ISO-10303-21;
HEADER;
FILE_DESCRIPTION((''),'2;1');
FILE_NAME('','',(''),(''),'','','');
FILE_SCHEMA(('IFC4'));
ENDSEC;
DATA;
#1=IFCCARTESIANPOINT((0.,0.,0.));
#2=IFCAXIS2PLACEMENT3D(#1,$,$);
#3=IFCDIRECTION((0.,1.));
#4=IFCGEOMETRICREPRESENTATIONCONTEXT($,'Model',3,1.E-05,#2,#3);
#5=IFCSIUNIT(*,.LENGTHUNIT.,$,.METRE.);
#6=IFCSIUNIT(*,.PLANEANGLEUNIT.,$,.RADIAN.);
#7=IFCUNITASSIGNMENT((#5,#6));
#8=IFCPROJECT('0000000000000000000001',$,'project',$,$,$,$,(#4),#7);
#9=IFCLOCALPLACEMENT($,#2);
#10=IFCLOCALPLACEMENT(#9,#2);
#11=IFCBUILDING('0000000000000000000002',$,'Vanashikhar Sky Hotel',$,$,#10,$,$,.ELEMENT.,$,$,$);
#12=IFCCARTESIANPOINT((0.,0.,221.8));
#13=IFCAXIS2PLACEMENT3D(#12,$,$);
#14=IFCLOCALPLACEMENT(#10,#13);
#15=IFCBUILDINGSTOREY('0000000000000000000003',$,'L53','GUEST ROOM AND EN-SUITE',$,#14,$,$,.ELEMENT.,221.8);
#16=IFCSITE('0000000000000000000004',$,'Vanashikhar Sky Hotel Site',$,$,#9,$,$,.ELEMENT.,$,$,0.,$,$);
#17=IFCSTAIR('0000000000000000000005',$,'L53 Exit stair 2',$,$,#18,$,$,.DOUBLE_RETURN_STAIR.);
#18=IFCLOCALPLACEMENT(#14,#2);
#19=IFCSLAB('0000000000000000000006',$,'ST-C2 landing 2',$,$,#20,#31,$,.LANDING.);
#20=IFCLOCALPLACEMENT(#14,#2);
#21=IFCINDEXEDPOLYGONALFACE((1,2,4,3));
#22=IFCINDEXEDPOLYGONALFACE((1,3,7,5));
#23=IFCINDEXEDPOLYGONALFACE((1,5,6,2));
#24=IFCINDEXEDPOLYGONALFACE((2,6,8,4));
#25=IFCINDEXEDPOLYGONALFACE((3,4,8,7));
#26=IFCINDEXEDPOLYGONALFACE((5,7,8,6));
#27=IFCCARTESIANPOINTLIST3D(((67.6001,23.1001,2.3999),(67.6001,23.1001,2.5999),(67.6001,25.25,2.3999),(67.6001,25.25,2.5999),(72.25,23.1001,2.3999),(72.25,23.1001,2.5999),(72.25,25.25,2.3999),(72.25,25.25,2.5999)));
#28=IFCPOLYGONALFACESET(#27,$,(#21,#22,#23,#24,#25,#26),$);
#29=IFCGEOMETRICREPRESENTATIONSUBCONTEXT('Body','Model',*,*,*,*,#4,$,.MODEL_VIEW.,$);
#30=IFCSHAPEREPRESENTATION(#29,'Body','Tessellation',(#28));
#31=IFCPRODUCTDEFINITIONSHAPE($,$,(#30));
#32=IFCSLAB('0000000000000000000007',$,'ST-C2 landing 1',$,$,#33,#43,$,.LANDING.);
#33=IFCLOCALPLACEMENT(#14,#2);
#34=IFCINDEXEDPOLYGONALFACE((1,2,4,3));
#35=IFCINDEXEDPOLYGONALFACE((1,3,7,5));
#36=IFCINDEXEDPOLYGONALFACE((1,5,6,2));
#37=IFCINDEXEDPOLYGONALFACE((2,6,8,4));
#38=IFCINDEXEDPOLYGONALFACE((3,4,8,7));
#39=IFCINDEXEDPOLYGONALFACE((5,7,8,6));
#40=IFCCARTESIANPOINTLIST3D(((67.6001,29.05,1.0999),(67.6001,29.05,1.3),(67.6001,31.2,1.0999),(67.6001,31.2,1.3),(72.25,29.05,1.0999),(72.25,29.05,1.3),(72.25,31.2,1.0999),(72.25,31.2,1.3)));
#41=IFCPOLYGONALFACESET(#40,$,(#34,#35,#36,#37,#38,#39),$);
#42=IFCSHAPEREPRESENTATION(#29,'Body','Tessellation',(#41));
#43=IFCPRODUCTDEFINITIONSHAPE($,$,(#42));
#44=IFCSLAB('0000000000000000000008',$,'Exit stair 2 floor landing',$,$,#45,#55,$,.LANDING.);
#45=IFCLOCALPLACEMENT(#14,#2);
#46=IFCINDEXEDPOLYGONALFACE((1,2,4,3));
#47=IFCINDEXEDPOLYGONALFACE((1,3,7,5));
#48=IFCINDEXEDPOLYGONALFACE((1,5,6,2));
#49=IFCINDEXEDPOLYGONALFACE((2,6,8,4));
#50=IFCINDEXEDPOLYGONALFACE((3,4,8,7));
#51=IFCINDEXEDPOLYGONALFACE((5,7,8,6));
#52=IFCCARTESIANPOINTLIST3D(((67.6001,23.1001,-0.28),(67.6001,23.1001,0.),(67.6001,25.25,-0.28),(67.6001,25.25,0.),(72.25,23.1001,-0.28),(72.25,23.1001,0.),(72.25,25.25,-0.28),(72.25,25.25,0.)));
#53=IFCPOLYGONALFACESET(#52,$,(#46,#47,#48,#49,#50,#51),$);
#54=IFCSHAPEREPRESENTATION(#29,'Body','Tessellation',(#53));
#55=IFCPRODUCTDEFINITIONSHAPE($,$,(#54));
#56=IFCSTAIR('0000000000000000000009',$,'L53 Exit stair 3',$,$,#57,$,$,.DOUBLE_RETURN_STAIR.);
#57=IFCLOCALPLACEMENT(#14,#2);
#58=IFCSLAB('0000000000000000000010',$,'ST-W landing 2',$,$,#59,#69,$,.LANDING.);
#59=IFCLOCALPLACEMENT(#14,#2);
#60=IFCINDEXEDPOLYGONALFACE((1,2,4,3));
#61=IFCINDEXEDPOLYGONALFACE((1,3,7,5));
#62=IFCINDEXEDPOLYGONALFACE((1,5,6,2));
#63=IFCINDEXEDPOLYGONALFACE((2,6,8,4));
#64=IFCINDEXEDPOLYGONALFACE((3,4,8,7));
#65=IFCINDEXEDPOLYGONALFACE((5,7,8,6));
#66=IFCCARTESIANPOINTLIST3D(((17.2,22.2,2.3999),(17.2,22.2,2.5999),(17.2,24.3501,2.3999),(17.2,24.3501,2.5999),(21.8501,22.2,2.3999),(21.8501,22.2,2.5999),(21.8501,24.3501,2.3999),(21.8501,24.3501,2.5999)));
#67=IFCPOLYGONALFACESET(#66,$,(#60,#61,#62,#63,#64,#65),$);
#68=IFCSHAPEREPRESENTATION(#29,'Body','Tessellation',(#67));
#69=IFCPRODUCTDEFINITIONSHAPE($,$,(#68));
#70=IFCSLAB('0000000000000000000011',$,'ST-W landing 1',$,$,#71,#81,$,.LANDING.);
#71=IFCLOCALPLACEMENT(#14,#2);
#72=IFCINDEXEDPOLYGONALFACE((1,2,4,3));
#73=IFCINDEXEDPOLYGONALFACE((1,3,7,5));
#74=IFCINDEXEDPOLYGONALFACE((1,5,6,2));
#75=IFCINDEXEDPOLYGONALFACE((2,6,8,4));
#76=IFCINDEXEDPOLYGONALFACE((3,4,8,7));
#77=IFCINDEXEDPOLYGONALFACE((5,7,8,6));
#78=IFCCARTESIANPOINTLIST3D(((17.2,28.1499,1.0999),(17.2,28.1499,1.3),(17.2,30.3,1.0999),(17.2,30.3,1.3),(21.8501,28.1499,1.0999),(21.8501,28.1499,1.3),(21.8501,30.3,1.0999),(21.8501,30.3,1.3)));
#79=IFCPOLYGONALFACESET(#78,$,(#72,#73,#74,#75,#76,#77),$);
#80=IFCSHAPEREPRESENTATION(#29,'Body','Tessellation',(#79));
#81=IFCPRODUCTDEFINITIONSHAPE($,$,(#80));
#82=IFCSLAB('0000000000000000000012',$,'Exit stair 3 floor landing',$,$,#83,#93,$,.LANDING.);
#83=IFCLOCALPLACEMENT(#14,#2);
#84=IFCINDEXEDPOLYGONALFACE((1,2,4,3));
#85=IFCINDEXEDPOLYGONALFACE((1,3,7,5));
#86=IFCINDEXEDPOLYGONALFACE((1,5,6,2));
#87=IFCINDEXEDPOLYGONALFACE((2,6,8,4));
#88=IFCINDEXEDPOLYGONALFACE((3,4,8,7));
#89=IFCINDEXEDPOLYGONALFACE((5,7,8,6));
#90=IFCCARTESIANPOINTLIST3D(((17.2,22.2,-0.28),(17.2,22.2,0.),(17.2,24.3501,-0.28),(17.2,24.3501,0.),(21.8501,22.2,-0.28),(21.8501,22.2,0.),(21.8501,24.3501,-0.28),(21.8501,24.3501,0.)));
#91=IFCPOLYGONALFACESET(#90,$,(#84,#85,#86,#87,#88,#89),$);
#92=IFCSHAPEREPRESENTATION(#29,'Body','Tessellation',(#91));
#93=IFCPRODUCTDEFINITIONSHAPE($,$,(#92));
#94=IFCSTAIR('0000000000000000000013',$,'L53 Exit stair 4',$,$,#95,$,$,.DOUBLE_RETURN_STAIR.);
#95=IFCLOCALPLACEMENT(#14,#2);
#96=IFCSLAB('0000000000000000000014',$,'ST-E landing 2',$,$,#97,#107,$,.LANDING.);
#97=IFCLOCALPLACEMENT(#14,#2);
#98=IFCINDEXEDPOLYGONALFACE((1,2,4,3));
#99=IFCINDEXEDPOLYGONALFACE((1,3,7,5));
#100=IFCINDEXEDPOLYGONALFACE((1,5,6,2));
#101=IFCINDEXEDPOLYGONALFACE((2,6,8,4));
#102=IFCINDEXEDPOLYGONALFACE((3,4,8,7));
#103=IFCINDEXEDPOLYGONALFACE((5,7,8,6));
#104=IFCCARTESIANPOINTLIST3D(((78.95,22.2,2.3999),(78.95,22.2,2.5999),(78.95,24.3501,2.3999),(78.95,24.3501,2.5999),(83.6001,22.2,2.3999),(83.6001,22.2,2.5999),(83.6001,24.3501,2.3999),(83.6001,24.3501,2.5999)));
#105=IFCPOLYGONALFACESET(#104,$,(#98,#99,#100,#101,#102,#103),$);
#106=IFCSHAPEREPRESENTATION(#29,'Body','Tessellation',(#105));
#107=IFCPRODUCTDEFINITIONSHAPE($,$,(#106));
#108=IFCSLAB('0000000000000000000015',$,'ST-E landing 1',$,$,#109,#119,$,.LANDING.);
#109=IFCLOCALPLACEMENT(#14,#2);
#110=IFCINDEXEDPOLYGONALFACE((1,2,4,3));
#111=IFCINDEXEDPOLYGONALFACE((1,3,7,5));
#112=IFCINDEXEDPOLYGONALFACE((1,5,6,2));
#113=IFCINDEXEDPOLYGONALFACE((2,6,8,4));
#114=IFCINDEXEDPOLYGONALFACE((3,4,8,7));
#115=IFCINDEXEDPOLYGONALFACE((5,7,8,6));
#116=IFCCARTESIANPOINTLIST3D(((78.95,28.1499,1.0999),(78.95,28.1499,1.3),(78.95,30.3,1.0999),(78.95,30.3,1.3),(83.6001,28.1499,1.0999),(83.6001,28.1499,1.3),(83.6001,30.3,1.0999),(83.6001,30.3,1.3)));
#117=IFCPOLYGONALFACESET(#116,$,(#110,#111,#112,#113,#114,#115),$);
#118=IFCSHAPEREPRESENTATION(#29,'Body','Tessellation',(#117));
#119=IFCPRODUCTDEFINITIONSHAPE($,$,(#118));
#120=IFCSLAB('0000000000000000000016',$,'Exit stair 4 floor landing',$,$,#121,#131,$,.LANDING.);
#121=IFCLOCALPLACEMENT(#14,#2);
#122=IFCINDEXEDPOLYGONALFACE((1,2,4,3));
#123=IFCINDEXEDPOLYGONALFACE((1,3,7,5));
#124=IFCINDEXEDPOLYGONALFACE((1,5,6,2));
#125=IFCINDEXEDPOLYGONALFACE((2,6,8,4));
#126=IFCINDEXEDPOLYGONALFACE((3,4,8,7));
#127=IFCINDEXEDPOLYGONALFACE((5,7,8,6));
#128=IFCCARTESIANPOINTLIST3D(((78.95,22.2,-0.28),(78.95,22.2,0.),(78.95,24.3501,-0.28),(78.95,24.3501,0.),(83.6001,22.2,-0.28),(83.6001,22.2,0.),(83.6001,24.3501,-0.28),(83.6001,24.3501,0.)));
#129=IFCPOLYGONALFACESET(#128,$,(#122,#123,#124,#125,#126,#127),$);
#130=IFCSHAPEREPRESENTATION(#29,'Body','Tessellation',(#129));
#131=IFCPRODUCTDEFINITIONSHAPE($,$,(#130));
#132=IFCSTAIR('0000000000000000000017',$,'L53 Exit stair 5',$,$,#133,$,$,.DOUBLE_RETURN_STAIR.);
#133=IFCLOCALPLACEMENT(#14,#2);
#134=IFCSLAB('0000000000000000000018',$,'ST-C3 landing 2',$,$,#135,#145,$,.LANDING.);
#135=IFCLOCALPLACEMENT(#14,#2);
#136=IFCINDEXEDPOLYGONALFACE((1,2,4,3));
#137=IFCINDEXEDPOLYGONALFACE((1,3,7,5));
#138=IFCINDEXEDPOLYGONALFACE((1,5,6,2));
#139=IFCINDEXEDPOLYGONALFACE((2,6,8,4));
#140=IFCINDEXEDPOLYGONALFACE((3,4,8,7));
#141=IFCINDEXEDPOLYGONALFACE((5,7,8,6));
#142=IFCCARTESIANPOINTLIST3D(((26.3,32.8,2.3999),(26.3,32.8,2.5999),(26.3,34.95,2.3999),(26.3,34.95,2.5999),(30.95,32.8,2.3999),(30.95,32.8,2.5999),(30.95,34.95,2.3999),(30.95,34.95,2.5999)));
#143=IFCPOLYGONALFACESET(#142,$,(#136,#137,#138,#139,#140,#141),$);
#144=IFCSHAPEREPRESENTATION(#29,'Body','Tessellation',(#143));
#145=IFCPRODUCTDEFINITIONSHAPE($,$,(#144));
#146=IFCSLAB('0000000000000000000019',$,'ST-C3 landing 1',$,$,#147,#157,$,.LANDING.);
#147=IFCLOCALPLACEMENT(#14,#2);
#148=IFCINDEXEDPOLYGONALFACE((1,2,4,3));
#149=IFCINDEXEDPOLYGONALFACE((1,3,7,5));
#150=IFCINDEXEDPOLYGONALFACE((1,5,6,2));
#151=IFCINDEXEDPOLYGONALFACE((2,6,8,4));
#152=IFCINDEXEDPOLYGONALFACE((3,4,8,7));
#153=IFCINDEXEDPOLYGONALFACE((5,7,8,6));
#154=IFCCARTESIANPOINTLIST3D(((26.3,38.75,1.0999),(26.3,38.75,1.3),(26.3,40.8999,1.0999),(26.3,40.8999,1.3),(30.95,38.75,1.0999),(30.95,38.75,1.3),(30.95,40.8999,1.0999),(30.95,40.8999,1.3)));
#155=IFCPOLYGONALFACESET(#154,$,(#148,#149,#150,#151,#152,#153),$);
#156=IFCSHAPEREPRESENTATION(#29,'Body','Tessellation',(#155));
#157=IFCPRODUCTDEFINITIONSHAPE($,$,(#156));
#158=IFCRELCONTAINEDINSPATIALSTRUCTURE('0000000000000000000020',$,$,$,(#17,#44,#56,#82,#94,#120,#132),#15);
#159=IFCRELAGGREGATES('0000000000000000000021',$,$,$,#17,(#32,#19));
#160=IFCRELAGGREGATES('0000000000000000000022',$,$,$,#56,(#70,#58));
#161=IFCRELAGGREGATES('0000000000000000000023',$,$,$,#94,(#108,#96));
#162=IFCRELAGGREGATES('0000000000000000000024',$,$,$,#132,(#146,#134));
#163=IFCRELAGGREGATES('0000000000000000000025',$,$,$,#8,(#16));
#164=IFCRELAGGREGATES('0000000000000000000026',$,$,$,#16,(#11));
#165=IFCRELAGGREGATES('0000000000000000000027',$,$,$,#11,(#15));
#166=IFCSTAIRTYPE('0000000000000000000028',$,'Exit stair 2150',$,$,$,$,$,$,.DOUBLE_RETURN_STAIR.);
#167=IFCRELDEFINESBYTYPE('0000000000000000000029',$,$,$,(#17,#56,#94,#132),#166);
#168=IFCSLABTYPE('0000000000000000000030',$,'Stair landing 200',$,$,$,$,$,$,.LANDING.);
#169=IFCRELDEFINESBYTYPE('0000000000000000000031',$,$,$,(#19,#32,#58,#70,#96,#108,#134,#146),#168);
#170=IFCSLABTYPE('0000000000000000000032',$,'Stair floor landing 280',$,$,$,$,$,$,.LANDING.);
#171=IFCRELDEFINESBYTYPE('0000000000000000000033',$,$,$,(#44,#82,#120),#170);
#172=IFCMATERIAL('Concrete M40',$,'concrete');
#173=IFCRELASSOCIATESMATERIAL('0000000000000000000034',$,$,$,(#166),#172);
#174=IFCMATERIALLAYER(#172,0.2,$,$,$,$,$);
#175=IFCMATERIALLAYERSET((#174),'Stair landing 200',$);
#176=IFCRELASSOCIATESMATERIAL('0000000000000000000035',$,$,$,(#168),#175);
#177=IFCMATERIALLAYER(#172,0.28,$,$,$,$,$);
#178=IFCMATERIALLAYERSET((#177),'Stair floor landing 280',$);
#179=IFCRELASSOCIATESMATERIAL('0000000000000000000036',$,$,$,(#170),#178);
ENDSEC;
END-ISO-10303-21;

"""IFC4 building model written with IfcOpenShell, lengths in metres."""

from ifc_helpers import new_model, si_unit, direction, frame, origin, place, context, subcontext, project, spatial, polyline, outline, extrude, source, transform, mapped, material, layer, layer_set, type_object, element, aggregate, save


model = new_model("IFC4")

# Units and contexts
model_context = context("Model", 3, precision=1e-05, world=origin(), true_north=direction((0.0, 1.0)))
body_context = subcontext(model_context, "Body", "Model", "MODEL_VIEW")
ifc_project = project(units=[si_unit("LENGTHUNIT", "METRE"), si_unit("PLANEANGLEUNIT", "RADIAN")], contexts=[model_context])

# Site, building, storey
site_placement = place(None, origin())
site = spatial("IfcSite", under=ifc_project, at=site_placement, Name="Vanashikhar Sky Hotel Site", CompositionType="ELEMENT", RefElevation=0.0)
building_placement = place(site_placement, origin())
building = spatial("IfcBuilding", under=site, at=building_placement, Name="Vanashikhar Sky Hotel", CompositionType="ELEMENT")
storey_placement = place(building_placement, frame((0.0, 0.0, 221.8)))
storey = spatial("IfcBuildingStorey", under=building, at=storey_placement, Name="L53", Description="GUEST ROOM AND EN-SUITE", CompositionType="ELEMENT", Elevation=221.8)

# Shared definitions
ifc_material = material(Name="Concrete M40", Category="concrete")

# Shared definitions
stair_type = type_object("IfcStairType", Name="Exit stair 2150", PredefinedType="DOUBLE_RETURN_STAIR", material=ifc_material)
ifc_layer_1 = layer(ifc_material, 0.2)
ifc_layer_set_1 = layer_set([ifc_layer_1], Name="Stair landing 200")
slab_type_1 = type_object("IfcSlabType", Name="Stair landing 200", PredefinedType="LANDING", material=ifc_layer_set_1)

# Shared definitions
ifc_layer_2 = layer(ifc_material, 0.28)
ifc_layer_set_2 = layer_set([ifc_layer_2], Name="Stair floor landing 280")
slab_type_2 = type_object("IfcSlabType", Name="Stair floor landing 280", PredefinedType="LANDING", material=ifc_layer_set_2)

# Stair, slabs
stair_1_placement = place(storey_placement, origin())
stair_1 = element("IfcStair", 1, at=stair_1_placement, inside=storey, type_object=stair_type, Name="L53 Exit stair 2", PredefinedType="DOUBLE_RETURN_STAIR")
shared_shape_1 = source(origin(), body_context, "Body", "SweptSolid", [
    extrude(outline(polyline([(72.25, 23.1001), (72.25, 25.25), (67.6001, 25.25), (67.6001, 23.1001), (72.25, 23.1001)])), origin(), (0.0, 0.0, 1.0), 0.2),
])
slab_1_placement = place(storey_placement, frame((0.0, 0.0, 2.3999)))
slab_1 = element("IfcSlab", 2, at=slab_1_placement, type_object=slab_type_1, Name="ST-C2 landing 2", PredefinedType="LANDING", context=body_context, shape_type="MappedRepresentation", body=[
    mapped(shared_shape_1, transform((0.0, 0.0, 0.0), scale=1.0)),
])
shared_shape_2 = source(origin(), body_context, "Body", "SweptSolid", [
    extrude(outline(polyline([(72.25, 29.05), (72.25, 31.2), (67.6001, 31.2), (67.6001, 29.05), (72.25, 29.05)])), origin(), (0.0, 0.0, 1.0), 0.2002),
])
slab_2_placement = place(storey_placement, frame((0.0, 0.0, 1.0999)))
slab_2 = element("IfcSlab", 3, at=slab_2_placement, type_object=slab_type_1, Name="ST-C2 landing 1", PredefinedType="LANDING", context=body_context, shape_type="MappedRepresentation", body=[
    mapped(shared_shape_2, transform((0.0, 0.0, 0.0), scale=1.0)),
])
aggregate(stair_1, [slab_2, slab_1])

# Slab
shared_shape_3 = source(origin(), body_context, "Body", "SweptSolid", [
    extrude(outline(polyline([(72.25, 23.1001), (72.25, 25.25), (67.6001, 25.25), (67.6001, 23.1001), (72.25, 23.1001)])), origin(), (0.0, 0.0, 1.0), 0.28),
])
slab_3_placement = place(storey_placement, frame((0.0, 0.0, -0.28)))
element("IfcSlab", 4, at=slab_3_placement, inside=storey, type_object=slab_type_2, Name="Exit stair 2 floor landing", PredefinedType="LANDING", context=body_context, shape_type="MappedRepresentation", body=[
    mapped(shared_shape_3, transform((0.0, 0.0, 0.0), scale=1.0)),
])

# Stair, slabs
stair_2_placement = place(storey_placement, origin())
stair_2 = element("IfcStair", 5, at=stair_2_placement, inside=storey, type_object=stair_type, Name="L53 Exit stair 3", PredefinedType="DOUBLE_RETURN_STAIR")
shared_shape_4 = source(origin(), body_context, "Body", "SweptSolid", [
    extrude(outline(polyline([(21.8501, 22.2), (21.8501, 24.3501), (17.2, 24.3501), (17.2, 22.2), (21.8501, 22.2)])), origin(), (0.0, 0.0, 1.0), 0.2),
])
slab_4_placement = place(storey_placement, frame((0.0, 0.0, 2.3999)))
slab_4 = element("IfcSlab", 6, at=slab_4_placement, type_object=slab_type_1, Name="ST-W landing 2", PredefinedType="LANDING", context=body_context, shape_type="MappedRepresentation", body=[
    mapped(shared_shape_4, transform((0.0, 0.0, 0.0), scale=1.0)),
])
shared_shape_5 = source(origin(), body_context, "Body", "SweptSolid", [
    extrude(outline(polyline([(21.8501, 28.1499), (21.8501, 30.3), (17.2, 30.3), (17.2, 28.1499), (21.8501, 28.1499)])), origin(), (0.0, 0.0, 1.0), 0.2002),
])
slab_5_placement = place(storey_placement, frame((0.0, 0.0, 1.0999)))
slab_5 = element("IfcSlab", 7, at=slab_5_placement, type_object=slab_type_1, Name="ST-W landing 1", PredefinedType="LANDING", context=body_context, shape_type="MappedRepresentation", body=[
    mapped(shared_shape_5, transform((0.0, 0.0, 0.0), scale=1.0)),
])
aggregate(stair_2, [slab_5, slab_4])

# Slab
shared_shape_6 = source(origin(), body_context, "Body", "SweptSolid", [
    extrude(outline(polyline([(21.8501, 22.2), (21.8501, 24.3501), (17.2, 24.3501), (17.2, 22.2), (21.8501, 22.2)])), origin(), (0.0, 0.0, 1.0), 0.28),
])
slab_6_placement = place(storey_placement, frame((0.0, 0.0, -0.28)))
element("IfcSlab", 8, at=slab_6_placement, inside=storey, type_object=slab_type_2, Name="Exit stair 3 floor landing", PredefinedType="LANDING", context=body_context, shape_type="MappedRepresentation", body=[
    mapped(shared_shape_6, transform((0.0, 0.0, 0.0), scale=1.0)),
])

# Stair, slabs
stair_3_placement = place(storey_placement, origin())
stair_3 = element("IfcStair", 9, at=stair_3_placement, inside=storey, type_object=stair_type, Name="L53 Exit stair 4", PredefinedType="DOUBLE_RETURN_STAIR")
shared_shape_7 = source(origin(), body_context, "Body", "SweptSolid", [
    extrude(outline(polyline([(83.6001, 22.2), (83.6001, 24.3501), (78.95, 24.3501), (78.95, 22.2), (83.6001, 22.2)])), origin(), (0.0, 0.0, 1.0), 0.2),
])
slab_7_placement = place(storey_placement, frame((0.0, 0.0, 2.3999)))
slab_7 = element("IfcSlab", 10, at=slab_7_placement, type_object=slab_type_1, Name="ST-E landing 2", PredefinedType="LANDING", context=body_context, shape_type="MappedRepresentation", body=[
    mapped(shared_shape_7, transform((0.0, 0.0, 0.0), scale=1.0)),
])
shared_shape_8 = source(origin(), body_context, "Body", "SweptSolid", [
    extrude(outline(polyline([(83.6001, 28.1499), (83.6001, 30.3), (78.95, 30.3), (78.95, 28.1499), (83.6001, 28.1499)])), origin(), (0.0, 0.0, 1.0), 0.2002),
])
slab_8_placement = place(storey_placement, frame((0.0, 0.0, 1.0999)))
slab_8 = element("IfcSlab", 11, at=slab_8_placement, type_object=slab_type_1, Name="ST-E landing 1", PredefinedType="LANDING", context=body_context, shape_type="MappedRepresentation", body=[
    mapped(shared_shape_8, transform((0.0, 0.0, 0.0), scale=1.0)),
])
aggregate(stair_3, [slab_8, slab_7])

# Slab
shared_shape_9 = source(origin(), body_context, "Body", "SweptSolid", [
    extrude(outline(polyline([(83.6001, 22.2), (83.6001, 24.3501), (78.95, 24.3501), (78.95, 22.2), (83.6001, 22.2)])), origin(), (0.0, 0.0, 1.0), 0.28),
])
slab_9_placement = place(storey_placement, frame((0.0, 0.0, -0.28)))
element("IfcSlab", 12, at=slab_9_placement, inside=storey, type_object=slab_type_2, Name="Exit stair 4 floor landing", PredefinedType="LANDING", context=body_context, shape_type="MappedRepresentation", body=[
    mapped(shared_shape_9, transform((0.0, 0.0, 0.0), scale=1.0)),
])

# Stair, slabs
stair_4_placement = place(storey_placement, origin())
stair_4 = element("IfcStair", 13, at=stair_4_placement, inside=storey, type_object=stair_type, Name="L53 Exit stair 5", PredefinedType="DOUBLE_RETURN_STAIR")
shared_shape_10 = source(origin(), body_context, "Body", "SweptSolid", [
    extrude(outline(polyline([(30.95, 32.8), (30.95, 34.95), (26.3, 34.95), (26.3, 32.8), (30.95, 32.8)])), origin(), (0.0, 0.0, 1.0), 0.2),
])
slab_10_placement = place(storey_placement, frame((0.0, 0.0, 2.3999)))
slab_10 = element("IfcSlab", 14, at=slab_10_placement, type_object=slab_type_1, Name="ST-C3 landing 2", PredefinedType="LANDING", context=body_context, shape_type="MappedRepresentation", body=[
    mapped(shared_shape_10, transform((0.0, 0.0, 0.0), scale=1.0)),
])
shared_shape_11 = source(origin(), body_context, "Body", "SweptSolid", [
    extrude(outline(polyline([(30.95, 38.75), (30.95, 40.8999), (26.3, 40.8999), (26.3, 38.75), (30.95, 38.75)])), origin(), (0.0, 0.0, 1.0), 0.2002),
])
slab_11_placement = place(storey_placement, frame((0.0, 0.0, 1.0999)))
slab_11 = element("IfcSlab", 15, at=slab_11_placement, type_object=slab_type_1, Name="ST-C3 landing 1", PredefinedType="LANDING", context=body_context, shape_type="MappedRepresentation", body=[
    mapped(shared_shape_11, transform((0.0, 0.0, 0.0), scale=1.0)),
])
aggregate(stair_4, [slab_11, slab_10])

save(model, "model.ifc")
